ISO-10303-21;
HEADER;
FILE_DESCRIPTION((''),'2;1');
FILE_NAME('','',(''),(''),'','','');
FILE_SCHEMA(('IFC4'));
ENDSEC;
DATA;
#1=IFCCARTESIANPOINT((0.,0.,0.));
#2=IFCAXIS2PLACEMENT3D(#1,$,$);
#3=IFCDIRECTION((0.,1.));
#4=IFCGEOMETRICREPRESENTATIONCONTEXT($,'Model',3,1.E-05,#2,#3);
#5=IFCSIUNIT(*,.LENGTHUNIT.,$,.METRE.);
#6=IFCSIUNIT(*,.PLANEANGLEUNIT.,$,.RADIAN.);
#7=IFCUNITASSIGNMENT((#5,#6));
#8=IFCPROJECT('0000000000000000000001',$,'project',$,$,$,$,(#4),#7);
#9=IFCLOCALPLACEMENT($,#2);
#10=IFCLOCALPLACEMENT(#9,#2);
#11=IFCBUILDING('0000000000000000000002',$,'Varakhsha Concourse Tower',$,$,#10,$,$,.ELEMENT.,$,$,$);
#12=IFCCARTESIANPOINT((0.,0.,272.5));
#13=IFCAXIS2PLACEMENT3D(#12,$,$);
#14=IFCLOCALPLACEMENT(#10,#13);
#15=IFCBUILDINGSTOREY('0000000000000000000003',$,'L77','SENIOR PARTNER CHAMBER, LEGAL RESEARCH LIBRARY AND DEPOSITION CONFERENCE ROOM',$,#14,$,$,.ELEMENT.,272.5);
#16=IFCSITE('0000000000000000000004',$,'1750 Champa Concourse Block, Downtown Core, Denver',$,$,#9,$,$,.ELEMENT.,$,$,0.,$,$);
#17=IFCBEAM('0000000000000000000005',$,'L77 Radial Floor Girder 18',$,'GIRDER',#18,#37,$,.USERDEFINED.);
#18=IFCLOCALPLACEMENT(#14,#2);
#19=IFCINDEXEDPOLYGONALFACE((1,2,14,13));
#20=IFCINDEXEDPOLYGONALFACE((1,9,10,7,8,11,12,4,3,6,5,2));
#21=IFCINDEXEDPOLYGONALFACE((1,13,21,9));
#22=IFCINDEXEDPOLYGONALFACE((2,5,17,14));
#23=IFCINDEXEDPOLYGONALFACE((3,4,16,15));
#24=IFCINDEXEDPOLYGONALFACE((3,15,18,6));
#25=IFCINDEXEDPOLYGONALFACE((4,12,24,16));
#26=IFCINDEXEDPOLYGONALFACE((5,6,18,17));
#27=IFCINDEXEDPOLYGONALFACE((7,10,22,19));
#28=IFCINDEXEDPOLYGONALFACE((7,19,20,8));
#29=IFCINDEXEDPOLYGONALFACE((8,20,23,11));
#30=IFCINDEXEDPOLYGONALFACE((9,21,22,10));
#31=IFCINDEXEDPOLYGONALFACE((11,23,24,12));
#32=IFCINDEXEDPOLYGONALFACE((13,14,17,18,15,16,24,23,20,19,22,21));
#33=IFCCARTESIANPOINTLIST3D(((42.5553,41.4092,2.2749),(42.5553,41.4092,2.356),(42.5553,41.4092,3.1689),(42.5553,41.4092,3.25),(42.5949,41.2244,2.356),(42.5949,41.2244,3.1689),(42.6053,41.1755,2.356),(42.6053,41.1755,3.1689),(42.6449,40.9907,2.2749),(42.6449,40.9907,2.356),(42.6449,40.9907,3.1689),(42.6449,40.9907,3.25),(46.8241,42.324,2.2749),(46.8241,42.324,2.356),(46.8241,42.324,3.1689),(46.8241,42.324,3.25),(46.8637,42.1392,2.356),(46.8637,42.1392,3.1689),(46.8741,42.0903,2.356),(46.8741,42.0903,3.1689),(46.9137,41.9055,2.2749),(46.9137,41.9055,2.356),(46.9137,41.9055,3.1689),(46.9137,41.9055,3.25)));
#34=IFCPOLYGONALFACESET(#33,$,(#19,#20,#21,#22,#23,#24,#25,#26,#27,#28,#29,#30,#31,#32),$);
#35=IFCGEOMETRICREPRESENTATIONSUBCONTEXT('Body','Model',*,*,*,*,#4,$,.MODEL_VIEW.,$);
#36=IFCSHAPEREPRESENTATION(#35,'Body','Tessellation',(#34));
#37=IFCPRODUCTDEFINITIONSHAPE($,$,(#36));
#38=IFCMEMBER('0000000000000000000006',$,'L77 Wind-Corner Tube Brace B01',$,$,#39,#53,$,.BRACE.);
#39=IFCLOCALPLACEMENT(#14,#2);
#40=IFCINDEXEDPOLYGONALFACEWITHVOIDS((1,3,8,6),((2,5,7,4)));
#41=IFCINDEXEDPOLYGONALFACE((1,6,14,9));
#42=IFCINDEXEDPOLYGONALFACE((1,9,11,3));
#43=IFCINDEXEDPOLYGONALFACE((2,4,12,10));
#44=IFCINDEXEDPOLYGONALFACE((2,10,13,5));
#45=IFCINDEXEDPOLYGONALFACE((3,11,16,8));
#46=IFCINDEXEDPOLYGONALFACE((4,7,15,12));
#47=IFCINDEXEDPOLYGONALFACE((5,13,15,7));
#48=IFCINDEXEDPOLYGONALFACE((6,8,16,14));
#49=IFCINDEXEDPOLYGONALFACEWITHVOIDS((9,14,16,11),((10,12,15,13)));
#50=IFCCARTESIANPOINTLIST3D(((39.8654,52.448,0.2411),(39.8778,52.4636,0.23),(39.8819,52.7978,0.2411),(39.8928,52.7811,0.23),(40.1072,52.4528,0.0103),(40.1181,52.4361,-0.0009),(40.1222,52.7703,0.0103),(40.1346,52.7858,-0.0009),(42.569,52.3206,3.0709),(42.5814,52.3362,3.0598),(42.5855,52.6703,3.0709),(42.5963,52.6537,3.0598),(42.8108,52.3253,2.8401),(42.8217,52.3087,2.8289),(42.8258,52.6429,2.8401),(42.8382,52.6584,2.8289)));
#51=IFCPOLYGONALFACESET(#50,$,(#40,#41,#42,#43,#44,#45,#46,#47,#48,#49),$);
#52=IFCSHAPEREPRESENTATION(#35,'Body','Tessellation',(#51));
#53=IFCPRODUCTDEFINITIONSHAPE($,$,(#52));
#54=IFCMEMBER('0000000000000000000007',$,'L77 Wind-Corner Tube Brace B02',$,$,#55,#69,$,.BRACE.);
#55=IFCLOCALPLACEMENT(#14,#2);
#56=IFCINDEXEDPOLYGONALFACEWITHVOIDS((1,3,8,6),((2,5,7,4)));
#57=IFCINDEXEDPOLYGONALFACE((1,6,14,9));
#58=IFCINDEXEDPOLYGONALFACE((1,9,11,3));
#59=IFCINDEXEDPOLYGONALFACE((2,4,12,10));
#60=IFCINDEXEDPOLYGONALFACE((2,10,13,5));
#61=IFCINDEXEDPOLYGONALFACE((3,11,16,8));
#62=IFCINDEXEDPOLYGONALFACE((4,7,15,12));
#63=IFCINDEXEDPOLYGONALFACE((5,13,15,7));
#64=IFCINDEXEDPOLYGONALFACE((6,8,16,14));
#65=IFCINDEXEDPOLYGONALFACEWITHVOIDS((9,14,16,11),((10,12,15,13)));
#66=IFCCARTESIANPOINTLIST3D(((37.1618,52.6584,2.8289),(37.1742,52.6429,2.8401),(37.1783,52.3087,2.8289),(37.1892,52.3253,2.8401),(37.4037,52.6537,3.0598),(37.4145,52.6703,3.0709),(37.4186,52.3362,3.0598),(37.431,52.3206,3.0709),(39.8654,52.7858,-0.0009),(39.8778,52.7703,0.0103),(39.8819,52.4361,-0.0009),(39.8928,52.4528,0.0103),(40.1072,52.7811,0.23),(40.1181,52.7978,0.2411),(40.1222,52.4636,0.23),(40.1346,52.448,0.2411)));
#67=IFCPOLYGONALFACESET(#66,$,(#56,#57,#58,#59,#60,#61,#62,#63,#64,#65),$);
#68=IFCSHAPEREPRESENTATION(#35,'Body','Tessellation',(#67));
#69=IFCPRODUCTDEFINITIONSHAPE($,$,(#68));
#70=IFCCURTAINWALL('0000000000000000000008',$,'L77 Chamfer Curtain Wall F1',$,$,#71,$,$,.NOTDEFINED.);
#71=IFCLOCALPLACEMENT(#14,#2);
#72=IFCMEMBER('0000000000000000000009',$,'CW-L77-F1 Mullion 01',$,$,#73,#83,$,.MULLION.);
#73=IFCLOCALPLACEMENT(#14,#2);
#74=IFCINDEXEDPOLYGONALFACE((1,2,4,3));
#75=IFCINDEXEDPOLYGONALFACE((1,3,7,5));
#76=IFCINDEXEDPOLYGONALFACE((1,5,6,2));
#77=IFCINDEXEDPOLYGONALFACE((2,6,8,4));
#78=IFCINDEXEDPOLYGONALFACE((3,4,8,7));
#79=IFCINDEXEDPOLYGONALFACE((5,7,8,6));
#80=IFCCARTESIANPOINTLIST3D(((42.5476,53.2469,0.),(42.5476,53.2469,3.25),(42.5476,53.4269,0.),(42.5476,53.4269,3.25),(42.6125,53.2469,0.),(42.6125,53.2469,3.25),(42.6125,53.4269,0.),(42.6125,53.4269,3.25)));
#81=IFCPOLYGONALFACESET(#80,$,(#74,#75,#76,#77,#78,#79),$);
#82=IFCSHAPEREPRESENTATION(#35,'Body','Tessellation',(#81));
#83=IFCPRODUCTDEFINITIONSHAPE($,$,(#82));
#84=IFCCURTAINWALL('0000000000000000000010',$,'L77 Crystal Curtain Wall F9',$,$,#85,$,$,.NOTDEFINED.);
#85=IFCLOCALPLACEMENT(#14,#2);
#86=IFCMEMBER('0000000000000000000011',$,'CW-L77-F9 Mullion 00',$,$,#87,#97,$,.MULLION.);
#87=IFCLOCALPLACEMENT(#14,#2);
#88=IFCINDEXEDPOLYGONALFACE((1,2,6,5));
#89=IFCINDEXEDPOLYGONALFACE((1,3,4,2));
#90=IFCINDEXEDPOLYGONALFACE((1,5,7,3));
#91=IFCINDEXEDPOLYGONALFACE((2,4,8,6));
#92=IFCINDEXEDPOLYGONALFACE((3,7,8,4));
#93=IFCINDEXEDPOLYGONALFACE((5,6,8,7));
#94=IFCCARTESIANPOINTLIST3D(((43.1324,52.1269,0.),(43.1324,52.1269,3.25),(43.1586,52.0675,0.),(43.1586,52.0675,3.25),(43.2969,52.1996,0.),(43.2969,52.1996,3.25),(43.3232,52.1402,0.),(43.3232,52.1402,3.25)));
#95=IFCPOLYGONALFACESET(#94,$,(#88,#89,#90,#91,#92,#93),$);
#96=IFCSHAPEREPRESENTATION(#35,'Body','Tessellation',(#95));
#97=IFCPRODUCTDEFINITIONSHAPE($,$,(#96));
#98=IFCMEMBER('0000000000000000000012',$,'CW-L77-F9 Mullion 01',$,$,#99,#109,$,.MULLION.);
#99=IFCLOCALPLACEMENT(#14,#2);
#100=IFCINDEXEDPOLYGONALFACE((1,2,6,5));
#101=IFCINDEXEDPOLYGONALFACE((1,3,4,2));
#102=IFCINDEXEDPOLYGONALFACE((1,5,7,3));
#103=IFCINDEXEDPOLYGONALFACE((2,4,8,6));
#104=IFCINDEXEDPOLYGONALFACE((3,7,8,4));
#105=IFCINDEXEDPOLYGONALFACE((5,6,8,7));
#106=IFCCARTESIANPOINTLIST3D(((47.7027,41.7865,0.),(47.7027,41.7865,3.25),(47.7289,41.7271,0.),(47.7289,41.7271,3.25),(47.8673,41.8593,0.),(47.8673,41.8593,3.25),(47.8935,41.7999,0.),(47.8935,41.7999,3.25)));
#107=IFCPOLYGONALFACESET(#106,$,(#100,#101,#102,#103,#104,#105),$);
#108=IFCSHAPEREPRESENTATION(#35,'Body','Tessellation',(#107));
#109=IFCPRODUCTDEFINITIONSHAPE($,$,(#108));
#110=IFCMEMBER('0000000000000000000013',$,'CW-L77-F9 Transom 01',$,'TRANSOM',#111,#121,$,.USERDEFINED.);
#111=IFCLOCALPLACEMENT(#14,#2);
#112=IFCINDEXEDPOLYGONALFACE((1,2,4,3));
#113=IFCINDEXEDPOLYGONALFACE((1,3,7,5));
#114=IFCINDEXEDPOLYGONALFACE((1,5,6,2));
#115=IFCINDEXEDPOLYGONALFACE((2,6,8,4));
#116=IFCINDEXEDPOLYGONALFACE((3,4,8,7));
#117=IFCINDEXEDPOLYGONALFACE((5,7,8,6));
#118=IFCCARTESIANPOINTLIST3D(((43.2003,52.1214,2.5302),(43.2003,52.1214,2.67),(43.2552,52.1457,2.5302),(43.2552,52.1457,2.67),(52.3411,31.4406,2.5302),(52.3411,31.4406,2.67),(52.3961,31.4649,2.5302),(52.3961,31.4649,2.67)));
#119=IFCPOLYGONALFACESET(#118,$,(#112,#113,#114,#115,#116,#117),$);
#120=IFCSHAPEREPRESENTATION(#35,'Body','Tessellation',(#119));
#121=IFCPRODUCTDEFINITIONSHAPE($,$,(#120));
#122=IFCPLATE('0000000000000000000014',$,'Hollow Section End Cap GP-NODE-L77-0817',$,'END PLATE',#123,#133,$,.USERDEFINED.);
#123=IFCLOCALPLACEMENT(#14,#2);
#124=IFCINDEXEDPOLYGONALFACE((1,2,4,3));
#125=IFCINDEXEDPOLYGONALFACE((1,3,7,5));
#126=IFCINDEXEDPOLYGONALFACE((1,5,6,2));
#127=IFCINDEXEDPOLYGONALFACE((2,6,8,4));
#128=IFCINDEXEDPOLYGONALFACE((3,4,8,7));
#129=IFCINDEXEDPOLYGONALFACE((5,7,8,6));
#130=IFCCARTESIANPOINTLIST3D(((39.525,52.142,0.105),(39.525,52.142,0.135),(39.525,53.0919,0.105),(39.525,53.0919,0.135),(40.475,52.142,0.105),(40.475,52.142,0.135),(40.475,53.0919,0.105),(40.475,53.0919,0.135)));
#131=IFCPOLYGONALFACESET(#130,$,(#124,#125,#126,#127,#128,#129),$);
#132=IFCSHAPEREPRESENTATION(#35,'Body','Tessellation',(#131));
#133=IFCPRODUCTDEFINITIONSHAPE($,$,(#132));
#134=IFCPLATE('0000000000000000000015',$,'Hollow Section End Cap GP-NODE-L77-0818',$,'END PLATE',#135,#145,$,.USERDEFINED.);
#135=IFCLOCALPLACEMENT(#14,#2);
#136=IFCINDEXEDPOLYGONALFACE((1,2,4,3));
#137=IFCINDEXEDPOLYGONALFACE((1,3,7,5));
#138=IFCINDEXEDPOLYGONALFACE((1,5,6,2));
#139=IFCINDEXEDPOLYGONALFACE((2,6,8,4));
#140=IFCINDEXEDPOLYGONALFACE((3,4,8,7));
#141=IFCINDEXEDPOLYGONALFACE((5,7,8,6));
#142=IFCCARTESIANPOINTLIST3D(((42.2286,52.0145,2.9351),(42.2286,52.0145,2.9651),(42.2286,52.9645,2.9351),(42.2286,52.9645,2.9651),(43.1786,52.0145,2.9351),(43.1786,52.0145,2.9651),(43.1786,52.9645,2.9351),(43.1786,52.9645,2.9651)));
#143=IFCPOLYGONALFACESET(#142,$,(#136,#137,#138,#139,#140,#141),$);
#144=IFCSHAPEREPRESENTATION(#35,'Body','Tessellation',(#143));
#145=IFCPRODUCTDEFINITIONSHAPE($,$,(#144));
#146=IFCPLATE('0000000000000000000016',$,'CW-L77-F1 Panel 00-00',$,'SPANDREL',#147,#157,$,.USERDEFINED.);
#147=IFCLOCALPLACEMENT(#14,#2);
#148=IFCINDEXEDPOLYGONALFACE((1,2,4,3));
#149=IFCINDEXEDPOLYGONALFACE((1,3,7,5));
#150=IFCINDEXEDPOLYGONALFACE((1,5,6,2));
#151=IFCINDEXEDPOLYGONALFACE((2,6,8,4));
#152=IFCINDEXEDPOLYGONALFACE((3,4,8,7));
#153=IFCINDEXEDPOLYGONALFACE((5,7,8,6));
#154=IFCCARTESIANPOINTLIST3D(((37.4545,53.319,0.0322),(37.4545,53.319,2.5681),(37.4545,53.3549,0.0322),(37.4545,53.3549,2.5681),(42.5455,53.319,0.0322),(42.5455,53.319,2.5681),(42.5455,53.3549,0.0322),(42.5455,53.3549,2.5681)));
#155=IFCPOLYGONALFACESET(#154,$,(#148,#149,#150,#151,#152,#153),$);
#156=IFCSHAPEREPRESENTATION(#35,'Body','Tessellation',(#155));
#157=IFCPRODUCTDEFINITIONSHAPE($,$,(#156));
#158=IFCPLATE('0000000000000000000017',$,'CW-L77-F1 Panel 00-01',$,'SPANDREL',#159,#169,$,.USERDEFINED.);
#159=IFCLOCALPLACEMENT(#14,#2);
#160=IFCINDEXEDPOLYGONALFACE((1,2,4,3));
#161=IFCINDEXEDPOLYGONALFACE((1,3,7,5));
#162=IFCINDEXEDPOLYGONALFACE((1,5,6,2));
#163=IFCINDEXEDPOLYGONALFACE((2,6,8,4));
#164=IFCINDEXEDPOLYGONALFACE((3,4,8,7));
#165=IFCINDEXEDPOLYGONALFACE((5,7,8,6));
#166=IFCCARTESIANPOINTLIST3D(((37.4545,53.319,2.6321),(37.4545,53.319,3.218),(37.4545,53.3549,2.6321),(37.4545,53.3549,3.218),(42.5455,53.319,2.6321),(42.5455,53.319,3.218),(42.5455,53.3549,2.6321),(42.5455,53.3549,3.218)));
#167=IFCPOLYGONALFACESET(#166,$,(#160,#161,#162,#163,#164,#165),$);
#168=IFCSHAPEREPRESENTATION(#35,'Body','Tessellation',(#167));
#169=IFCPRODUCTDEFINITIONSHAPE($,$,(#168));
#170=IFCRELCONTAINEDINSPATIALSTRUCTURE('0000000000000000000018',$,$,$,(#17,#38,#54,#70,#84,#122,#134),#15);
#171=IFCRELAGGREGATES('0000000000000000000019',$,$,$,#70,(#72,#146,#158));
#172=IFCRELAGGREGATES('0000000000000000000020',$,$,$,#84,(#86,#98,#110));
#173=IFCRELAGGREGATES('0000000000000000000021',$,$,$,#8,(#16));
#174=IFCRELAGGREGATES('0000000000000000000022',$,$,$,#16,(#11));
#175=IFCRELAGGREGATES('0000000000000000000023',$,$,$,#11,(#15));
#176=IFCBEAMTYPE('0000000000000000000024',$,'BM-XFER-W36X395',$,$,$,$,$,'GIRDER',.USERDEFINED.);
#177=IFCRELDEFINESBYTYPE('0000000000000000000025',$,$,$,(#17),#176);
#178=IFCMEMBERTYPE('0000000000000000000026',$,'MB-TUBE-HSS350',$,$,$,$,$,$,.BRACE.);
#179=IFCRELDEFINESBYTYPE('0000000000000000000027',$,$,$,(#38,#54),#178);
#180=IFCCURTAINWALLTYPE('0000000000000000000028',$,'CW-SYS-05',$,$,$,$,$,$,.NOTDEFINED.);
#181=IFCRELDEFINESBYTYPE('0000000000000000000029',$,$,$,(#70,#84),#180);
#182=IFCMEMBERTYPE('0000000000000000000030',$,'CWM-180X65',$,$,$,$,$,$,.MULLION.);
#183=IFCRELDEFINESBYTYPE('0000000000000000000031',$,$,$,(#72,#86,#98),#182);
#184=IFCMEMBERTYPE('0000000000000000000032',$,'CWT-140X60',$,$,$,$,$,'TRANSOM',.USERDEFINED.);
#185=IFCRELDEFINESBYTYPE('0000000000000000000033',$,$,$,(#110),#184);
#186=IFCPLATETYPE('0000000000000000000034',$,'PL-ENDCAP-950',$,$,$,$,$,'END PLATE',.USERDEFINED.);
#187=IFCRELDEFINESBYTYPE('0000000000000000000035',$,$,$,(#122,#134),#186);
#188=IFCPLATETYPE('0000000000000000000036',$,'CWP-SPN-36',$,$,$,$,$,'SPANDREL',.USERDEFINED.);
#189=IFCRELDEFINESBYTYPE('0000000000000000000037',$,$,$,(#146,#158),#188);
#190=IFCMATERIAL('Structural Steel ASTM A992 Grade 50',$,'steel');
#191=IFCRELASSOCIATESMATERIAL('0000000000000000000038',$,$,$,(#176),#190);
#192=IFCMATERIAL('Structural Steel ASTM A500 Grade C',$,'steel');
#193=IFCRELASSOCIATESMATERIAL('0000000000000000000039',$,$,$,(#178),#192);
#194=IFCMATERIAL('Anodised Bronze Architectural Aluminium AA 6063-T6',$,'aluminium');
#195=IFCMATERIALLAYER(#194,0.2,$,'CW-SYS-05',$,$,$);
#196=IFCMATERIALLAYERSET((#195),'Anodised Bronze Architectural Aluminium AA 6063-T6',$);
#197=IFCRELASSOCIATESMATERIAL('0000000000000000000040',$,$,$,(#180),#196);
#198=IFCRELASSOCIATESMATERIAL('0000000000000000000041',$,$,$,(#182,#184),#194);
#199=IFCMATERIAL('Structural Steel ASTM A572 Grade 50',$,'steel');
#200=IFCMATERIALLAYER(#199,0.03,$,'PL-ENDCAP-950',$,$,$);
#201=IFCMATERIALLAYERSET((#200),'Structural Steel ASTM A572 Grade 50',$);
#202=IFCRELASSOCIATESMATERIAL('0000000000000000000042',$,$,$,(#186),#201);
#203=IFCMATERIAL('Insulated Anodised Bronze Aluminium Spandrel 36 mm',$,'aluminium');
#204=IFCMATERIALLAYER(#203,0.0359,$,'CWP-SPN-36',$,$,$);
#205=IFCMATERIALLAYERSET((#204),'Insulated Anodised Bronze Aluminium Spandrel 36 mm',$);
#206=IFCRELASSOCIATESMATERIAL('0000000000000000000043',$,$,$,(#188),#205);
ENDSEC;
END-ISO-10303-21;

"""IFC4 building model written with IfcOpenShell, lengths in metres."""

from ifc_helpers import new_model, si_unit, direction, frame, origin, origin_2d, place, context, subcontext, project, spatial, rectangle, hollow_rectangle, i_section, extrude, source, transform, mapped, material, layer, layer_set, material_profile, profile_set, type_object, type_shapes, element, aggregate, save


model = new_model("IFC4")

# Units and contexts
model_context = context("Model", 3, precision=1e-05, world=origin(), true_north=direction((0.0, 1.0)))
body_context = subcontext(model_context, "Body", "Model", "MODEL_VIEW")
ifc_project = project(units=[si_unit("LENGTHUNIT", "METRE"), si_unit("PLANEANGLEUNIT", "RADIAN")], contexts=[model_context])

# Site, building, storey
site_placement = place(None, origin())
site = spatial("IfcSite", under=ifc_project, at=site_placement, Name="1750 Champa Concourse Block, Downtown Core, Denver", CompositionType="ELEMENT", RefElevation=0.0)
building_placement = place(site_placement, origin())
building = spatial("IfcBuilding", under=site, at=building_placement, Name="Varakhsha Concourse Tower", CompositionType="ELEMENT")
storey_placement = place(building_placement, frame((0.0, 0.0, 272.5)))
storey = spatial("IfcBuildingStorey", under=building, at=storey_placement, Name="L77", Description="SENIOR PARTNER CHAMBER, LEGAL RESEARCH LIBRARY AND DEPOSITION CONFERENCE ROOM", CompositionType="ELEMENT", Elevation=272.5)

# Shared definitions
ifc_material_1 = material(Name="Structural Steel ASTM A992 Grade 50", Category="steel")
ifc_material_2 = material(Name="Structural Steel ASTM A572 Grade 50", Category="steel")

# Beam
ifc_material_profile_1 = material_profile(ifc_material_1, i_section(OverallWidth=0.428, OverallDepth=0.9751, WebThickness=0.05, FlangeThickness=0.0811, at=origin_2d()), Name="W36X395")
ifc_profile_set_1 = profile_set([ifc_material_profile_1], Name="Structural Steel ASTM A992 Grade 50")
beam_type_1 = type_object("IfcBeamType", Name="BM-XFER-W36X395", ElementType="GIRDER", PredefinedType="USERDEFINED", material=ifc_profile_set_1)
beam_1_placement = place(storey_placement, frame((42.6001, 41.2, 2.7625), z_axis=(0.9778, 0.209541, 0.0), x_axis=(-0.209541, 0.9778, 0.0)))
element("IfcBeam", 1, at=beam_1_placement, inside=storey, type_object=beam_type_1, Name="L77 Radial Floor Girder 18", ObjectType="GIRDER", PredefinedType="USERDEFINED", context=body_context, shape_type="SweptSolid", body=[
    extrude(i_section(OverallWidth=0.428, OverallDepth=0.9751, WebThickness=0.05, FlangeThickness=0.0811, at=origin_2d()), origin(), (0.0, 0.0, 1.0), 4.3657),
])

# Members
ifc_material_3 = material(Name="Structural Steel ASTM A500 Grade C", Category="steel")
ifc_material_profile_2 = material_profile(ifc_material_3, hollow_rectangle(XDim=0.3501, YDim=0.3501, WallThickness=0.0161, at=origin_2d()), Name="HSS 350x350x16")
ifc_profile_set_2 = profile_set([ifc_material_profile_2], Name="Structural Steel ASTM A500 Grade C")
member_type_1 = type_object("IfcMemberType", Name="MB-TUBE-HSS350", PredefinedType="BRACE", material=ifc_profile_set_2)
shared_shape_1 = source(origin(), body_context, "Body", "SweptSolid", [
    extrude(hollow_rectangle(XDim=0.3501, YDim=0.3501, WallThickness=0.0161, at=origin_2d()), origin(), (0.0, 0.0, 1.0), 3.9158),
])
type_shapes(member_type_1, [shared_shape_1])
for number, where, z_axis, x_axis, name in (
    (2, (40.0, 52.6169, 0.1201), (0.690432, -0.032545, 0.722665), (0.047085, 0.998891, 0.0), "L77 Wind-Corner Tube Brace B01"),
    (3, (40.0, 52.6169, 0.1201), (-0.690432, -0.032545, 0.722665), (0.047085, -0.998891, 0.0), "L77 Wind-Corner Tube Brace B02"),
):
    element("IfcMember", number, at=place(storey_placement, frame(where, z_axis=z_axis, x_axis=x_axis)), inside=storey, type_object=member_type_1, Name=name, PredefinedType="BRACE", context=body_context, shape_type="MappedRepresentation", body=[
        mapped(shared_shape_1, transform((0.0, 0.0, 0.0), scale=1.0)),
    ])

# Curtain wall, member
ifc_material_4 = material(Name="Anodised Bronze Architectural Aluminium AA 6063-T6", Category="aluminium")
ifc_layer_1 = layer(ifc_material_4, 0.2, Name="CW-SYS-05")
ifc_layer_set_1 = layer_set([ifc_layer_1], Name="Anodised Bronze Architectural Aluminium AA 6063-T6")
curtain_wall_type = type_object("IfcCurtainWallType", Name="CW-SYS-05", PredefinedType="NOTDEFINED", material=ifc_layer_set_1)
curtain_wall_1_placement = place(storey_placement, origin())
curtain_wall_1 = element("IfcCurtainWall", 4, at=curtain_wall_1_placement, inside=storey, type_object=curtain_wall_type, Name="L77 Chamfer Curtain Wall F1", PredefinedType="NOTDEFINED")
ifc_material_profile_3 = material_profile(ifc_material_4, rectangle(XDim=0.0649, YDim=0.1799, at=origin_2d()), Name="CWM-180X65")
ifc_profile_set_3 = profile_set([ifc_material_profile_3], Name="Anodised Bronze Architectural Aluminium AA 6063-T6")
member_type_2 = type_object("IfcMemberType", Name="CWM-180X65", PredefinedType="MULLION", material=ifc_profile_set_3)
shared_shape_2 = source(origin(), body_context, "Body", "SweptSolid", [
    extrude(rectangle(XDim=0.0649, YDim=0.1799, at=origin_2d()), origin(), (0.0, 0.0, 1.0), 3.25),
])
type_shapes(member_type_2, [shared_shape_2])
member_1_placement = place(storey_placement, frame((42.5801, 53.3369, 0.0), z_axis=(0.0, 0.0, 1.0), x_axis=(1.0, 0.0, 0.0)))
member_1 = element("IfcMember", 5, at=member_1_placement, type_object=member_type_2, Name="CW-L77-F1 Mullion 01", PredefinedType="MULLION", context=body_context, shape_type="MappedRepresentation", body=[
    mapped(shared_shape_2, transform((0.0, 0.0, 0.0), scale=1.0)),
])

# Curtain wall, members
curtain_wall_2_placement = place(storey_placement, origin())
curtain_wall_2 = element("IfcCurtainWall", 6, at=curtain_wall_2_placement, inside=storey, type_object=curtain_wall_type, Name="L77 Crystal Curtain Wall F9", PredefinedType="NOTDEFINED")
member_2_placement = place(storey_placement, frame((43.2278, 52.1335, 0.0), z_axis=(0.0, 0.0, 1.0), x_axis=(0.404273, -0.914638, 0.0)))
member_2 = element("IfcMember", 7, at=member_2_placement, type_object=member_type_2, Name="CW-L77-F9 Mullion 00", PredefinedType="MULLION", context=body_context, shape_type="MappedRepresentation", body=[
    mapped(shared_shape_2, transform((0.0, 0.0, 0.0), scale=1.0)),
])
member_3_placement = place(storey_placement, frame((47.7981, 41.7932, 0.0), z_axis=(0.0, 0.0, 1.0), x_axis=(0.404273, -0.914638, 0.0)))
member_3 = element("IfcMember", 8, at=member_3_placement, type_object=member_type_2, Name="CW-L77-F9 Mullion 01", PredefinedType="MULLION", context=body_context, shape_type="MappedRepresentation", body=[
    mapped(shared_shape_2, transform((0.0, 0.0, 0.0), scale=1.0)),
])
ifc_material_profile_4 = material_profile(ifc_material_4, rectangle(XDim=0.0601, YDim=0.1399, at=origin_2d()), Name="CWT-140X60")
ifc_profile_set_4 = profile_set([ifc_material_profile_4], Name="Anodised Bronze Architectural Aluminium AA 6063-T6")
member_type_3 = type_object("IfcMemberType", Name="CWT-140X60", ElementType="TRANSOM", PredefinedType="USERDEFINED", material=ifc_profile_set_4)
shared_shape_3 = source(origin(), body_context, "Body", "SweptSolid", [
    extrude(rectangle(XDim=0.0601, YDim=0.1399, at=origin_2d()), origin(), (0.0, 0.0, 1.0), 22.6108),
])
type_shapes(member_type_3, [shared_shape_3])
member_4_placement = place(storey_placement, frame((43.2278, 52.1335, 2.6001), z_axis=(0.404267, -0.914641, 0.0), x_axis=(0.914641, 0.404267, 0.0)))
member_4 = element("IfcMember", 9, at=member_4_placement, type_object=member_type_3, Name="CW-L77-F9 Transom 01", ObjectType="TRANSOM", PredefinedType="USERDEFINED", context=body_context, shape_type="MappedRepresentation", body=[
    mapped(shared_shape_3, transform((0.0, 0.0, 0.0), scale=1.0)),
])

# Plates
ifc_layer_2 = layer(ifc_material_2, 0.03, Name="PL-ENDCAP-950")
ifc_layer_set_2 = layer_set([ifc_layer_2], Name="Structural Steel ASTM A572 Grade 50")
plate_type_1 = type_object("IfcPlateType", Name="PL-ENDCAP-950", ElementType="END PLATE", PredefinedType="USERDEFINED", material=ifc_layer_set_2)
shared_shape_4 = source(origin(), body_context, "Body", "SweptSolid", [
    extrude(rectangle(XDim=0.95, YDim=0.95, at=origin_2d()), origin(), (0.0, 0.0, 1.0), 0.03),
])
type_shapes(plate_type_1, [shared_shape_4])
for number, where, z_axis, x_axis, name in (
    (10, (40.0, 52.6169, 0.105), (0.0, 0.0, 1.0), (1.0, 0.0, 0.0), "Hollow Section End Cap GP-NODE-L77-0817"),
    (11, (42.7036, 52.4895, 2.9351), (0.0, 0.0, 1.0), (1.0, 0.0, 0.0), "Hollow Section End Cap GP-NODE-L77-0818"),
):
    element("IfcPlate", number, at=place(storey_placement, frame(where, z_axis=z_axis, x_axis=x_axis)), inside=storey, type_object=plate_type_1, Name=name, ObjectType="END PLATE", PredefinedType="USERDEFINED", context=body_context, shape_type="MappedRepresentation", body=[
        mapped(shared_shape_4, transform((0.0, 0.0, 0.0), scale=1.0)),
    ])

# Plates
ifc_material_5 = material(Name="Insulated Anodised Bronze Aluminium Spandrel 36 mm", Category="aluminium")
ifc_layer_3 = layer(ifc_material_5, 0.0359, Name="CWP-SPN-36")
ifc_layer_set_3 = layer_set([ifc_layer_3], Name="Insulated Anodised Bronze Aluminium Spandrel 36 mm")
plate_type_2 = type_object("IfcPlateType", Name="CWP-SPN-36", ElementType="SPANDREL", PredefinedType="USERDEFINED", material=ifc_layer_set_3)
shared_shape_5 = source(origin(), body_context, "Body", "SweptSolid", [
    extrude(rectangle(XDim=5.0911, YDim=0.0359, at=origin_2d()), origin(), (0.0, 0.0, 1.0), 2.5359),
])
plate_1_placement = place(storey_placement, frame((40.0, 53.3369, 0.0322), z_axis=(0.0, 0.0, 1.0), x_axis=(1.0, 0.0, 0.0)))
plate_1 = element("IfcPlate", 12, at=plate_1_placement, type_object=plate_type_2, Name="CW-L77-F1 Panel 00-00", ObjectType="SPANDREL", PredefinedType="USERDEFINED", context=body_context, shape_type="MappedRepresentation", body=[
    mapped(shared_shape_5, transform((0.0, 0.0, 0.0), scale=1.0)),
])
shared_shape_6 = source(origin(), body_context, "Body", "SweptSolid", [
    extrude(rectangle(XDim=5.0911, YDim=0.0359, at=origin_2d()), origin(), (0.0, 0.0, 1.0), 0.5859),
])
plate_2_placement = place(storey_placement, frame((40.0, 53.3369, 2.6321), z_axis=(0.0, 0.0, 1.0), x_axis=(1.0, 0.0, 0.0)))
plate_2 = element("IfcPlate", 13, at=plate_2_placement, type_object=plate_type_2, Name="CW-L77-F1 Panel 00-01", ObjectType="SPANDREL", PredefinedType="USERDEFINED", context=body_context, shape_type="MappedRepresentation", body=[
    mapped(shared_shape_6, transform((0.0, 0.0, 0.0), scale=1.0)),
])
aggregate(curtain_wall_1, [member_1, plate_1, plate_2])
aggregate(curtain_wall_2, [member_2, member_3, member_4])

save(model, "model.ifc")
